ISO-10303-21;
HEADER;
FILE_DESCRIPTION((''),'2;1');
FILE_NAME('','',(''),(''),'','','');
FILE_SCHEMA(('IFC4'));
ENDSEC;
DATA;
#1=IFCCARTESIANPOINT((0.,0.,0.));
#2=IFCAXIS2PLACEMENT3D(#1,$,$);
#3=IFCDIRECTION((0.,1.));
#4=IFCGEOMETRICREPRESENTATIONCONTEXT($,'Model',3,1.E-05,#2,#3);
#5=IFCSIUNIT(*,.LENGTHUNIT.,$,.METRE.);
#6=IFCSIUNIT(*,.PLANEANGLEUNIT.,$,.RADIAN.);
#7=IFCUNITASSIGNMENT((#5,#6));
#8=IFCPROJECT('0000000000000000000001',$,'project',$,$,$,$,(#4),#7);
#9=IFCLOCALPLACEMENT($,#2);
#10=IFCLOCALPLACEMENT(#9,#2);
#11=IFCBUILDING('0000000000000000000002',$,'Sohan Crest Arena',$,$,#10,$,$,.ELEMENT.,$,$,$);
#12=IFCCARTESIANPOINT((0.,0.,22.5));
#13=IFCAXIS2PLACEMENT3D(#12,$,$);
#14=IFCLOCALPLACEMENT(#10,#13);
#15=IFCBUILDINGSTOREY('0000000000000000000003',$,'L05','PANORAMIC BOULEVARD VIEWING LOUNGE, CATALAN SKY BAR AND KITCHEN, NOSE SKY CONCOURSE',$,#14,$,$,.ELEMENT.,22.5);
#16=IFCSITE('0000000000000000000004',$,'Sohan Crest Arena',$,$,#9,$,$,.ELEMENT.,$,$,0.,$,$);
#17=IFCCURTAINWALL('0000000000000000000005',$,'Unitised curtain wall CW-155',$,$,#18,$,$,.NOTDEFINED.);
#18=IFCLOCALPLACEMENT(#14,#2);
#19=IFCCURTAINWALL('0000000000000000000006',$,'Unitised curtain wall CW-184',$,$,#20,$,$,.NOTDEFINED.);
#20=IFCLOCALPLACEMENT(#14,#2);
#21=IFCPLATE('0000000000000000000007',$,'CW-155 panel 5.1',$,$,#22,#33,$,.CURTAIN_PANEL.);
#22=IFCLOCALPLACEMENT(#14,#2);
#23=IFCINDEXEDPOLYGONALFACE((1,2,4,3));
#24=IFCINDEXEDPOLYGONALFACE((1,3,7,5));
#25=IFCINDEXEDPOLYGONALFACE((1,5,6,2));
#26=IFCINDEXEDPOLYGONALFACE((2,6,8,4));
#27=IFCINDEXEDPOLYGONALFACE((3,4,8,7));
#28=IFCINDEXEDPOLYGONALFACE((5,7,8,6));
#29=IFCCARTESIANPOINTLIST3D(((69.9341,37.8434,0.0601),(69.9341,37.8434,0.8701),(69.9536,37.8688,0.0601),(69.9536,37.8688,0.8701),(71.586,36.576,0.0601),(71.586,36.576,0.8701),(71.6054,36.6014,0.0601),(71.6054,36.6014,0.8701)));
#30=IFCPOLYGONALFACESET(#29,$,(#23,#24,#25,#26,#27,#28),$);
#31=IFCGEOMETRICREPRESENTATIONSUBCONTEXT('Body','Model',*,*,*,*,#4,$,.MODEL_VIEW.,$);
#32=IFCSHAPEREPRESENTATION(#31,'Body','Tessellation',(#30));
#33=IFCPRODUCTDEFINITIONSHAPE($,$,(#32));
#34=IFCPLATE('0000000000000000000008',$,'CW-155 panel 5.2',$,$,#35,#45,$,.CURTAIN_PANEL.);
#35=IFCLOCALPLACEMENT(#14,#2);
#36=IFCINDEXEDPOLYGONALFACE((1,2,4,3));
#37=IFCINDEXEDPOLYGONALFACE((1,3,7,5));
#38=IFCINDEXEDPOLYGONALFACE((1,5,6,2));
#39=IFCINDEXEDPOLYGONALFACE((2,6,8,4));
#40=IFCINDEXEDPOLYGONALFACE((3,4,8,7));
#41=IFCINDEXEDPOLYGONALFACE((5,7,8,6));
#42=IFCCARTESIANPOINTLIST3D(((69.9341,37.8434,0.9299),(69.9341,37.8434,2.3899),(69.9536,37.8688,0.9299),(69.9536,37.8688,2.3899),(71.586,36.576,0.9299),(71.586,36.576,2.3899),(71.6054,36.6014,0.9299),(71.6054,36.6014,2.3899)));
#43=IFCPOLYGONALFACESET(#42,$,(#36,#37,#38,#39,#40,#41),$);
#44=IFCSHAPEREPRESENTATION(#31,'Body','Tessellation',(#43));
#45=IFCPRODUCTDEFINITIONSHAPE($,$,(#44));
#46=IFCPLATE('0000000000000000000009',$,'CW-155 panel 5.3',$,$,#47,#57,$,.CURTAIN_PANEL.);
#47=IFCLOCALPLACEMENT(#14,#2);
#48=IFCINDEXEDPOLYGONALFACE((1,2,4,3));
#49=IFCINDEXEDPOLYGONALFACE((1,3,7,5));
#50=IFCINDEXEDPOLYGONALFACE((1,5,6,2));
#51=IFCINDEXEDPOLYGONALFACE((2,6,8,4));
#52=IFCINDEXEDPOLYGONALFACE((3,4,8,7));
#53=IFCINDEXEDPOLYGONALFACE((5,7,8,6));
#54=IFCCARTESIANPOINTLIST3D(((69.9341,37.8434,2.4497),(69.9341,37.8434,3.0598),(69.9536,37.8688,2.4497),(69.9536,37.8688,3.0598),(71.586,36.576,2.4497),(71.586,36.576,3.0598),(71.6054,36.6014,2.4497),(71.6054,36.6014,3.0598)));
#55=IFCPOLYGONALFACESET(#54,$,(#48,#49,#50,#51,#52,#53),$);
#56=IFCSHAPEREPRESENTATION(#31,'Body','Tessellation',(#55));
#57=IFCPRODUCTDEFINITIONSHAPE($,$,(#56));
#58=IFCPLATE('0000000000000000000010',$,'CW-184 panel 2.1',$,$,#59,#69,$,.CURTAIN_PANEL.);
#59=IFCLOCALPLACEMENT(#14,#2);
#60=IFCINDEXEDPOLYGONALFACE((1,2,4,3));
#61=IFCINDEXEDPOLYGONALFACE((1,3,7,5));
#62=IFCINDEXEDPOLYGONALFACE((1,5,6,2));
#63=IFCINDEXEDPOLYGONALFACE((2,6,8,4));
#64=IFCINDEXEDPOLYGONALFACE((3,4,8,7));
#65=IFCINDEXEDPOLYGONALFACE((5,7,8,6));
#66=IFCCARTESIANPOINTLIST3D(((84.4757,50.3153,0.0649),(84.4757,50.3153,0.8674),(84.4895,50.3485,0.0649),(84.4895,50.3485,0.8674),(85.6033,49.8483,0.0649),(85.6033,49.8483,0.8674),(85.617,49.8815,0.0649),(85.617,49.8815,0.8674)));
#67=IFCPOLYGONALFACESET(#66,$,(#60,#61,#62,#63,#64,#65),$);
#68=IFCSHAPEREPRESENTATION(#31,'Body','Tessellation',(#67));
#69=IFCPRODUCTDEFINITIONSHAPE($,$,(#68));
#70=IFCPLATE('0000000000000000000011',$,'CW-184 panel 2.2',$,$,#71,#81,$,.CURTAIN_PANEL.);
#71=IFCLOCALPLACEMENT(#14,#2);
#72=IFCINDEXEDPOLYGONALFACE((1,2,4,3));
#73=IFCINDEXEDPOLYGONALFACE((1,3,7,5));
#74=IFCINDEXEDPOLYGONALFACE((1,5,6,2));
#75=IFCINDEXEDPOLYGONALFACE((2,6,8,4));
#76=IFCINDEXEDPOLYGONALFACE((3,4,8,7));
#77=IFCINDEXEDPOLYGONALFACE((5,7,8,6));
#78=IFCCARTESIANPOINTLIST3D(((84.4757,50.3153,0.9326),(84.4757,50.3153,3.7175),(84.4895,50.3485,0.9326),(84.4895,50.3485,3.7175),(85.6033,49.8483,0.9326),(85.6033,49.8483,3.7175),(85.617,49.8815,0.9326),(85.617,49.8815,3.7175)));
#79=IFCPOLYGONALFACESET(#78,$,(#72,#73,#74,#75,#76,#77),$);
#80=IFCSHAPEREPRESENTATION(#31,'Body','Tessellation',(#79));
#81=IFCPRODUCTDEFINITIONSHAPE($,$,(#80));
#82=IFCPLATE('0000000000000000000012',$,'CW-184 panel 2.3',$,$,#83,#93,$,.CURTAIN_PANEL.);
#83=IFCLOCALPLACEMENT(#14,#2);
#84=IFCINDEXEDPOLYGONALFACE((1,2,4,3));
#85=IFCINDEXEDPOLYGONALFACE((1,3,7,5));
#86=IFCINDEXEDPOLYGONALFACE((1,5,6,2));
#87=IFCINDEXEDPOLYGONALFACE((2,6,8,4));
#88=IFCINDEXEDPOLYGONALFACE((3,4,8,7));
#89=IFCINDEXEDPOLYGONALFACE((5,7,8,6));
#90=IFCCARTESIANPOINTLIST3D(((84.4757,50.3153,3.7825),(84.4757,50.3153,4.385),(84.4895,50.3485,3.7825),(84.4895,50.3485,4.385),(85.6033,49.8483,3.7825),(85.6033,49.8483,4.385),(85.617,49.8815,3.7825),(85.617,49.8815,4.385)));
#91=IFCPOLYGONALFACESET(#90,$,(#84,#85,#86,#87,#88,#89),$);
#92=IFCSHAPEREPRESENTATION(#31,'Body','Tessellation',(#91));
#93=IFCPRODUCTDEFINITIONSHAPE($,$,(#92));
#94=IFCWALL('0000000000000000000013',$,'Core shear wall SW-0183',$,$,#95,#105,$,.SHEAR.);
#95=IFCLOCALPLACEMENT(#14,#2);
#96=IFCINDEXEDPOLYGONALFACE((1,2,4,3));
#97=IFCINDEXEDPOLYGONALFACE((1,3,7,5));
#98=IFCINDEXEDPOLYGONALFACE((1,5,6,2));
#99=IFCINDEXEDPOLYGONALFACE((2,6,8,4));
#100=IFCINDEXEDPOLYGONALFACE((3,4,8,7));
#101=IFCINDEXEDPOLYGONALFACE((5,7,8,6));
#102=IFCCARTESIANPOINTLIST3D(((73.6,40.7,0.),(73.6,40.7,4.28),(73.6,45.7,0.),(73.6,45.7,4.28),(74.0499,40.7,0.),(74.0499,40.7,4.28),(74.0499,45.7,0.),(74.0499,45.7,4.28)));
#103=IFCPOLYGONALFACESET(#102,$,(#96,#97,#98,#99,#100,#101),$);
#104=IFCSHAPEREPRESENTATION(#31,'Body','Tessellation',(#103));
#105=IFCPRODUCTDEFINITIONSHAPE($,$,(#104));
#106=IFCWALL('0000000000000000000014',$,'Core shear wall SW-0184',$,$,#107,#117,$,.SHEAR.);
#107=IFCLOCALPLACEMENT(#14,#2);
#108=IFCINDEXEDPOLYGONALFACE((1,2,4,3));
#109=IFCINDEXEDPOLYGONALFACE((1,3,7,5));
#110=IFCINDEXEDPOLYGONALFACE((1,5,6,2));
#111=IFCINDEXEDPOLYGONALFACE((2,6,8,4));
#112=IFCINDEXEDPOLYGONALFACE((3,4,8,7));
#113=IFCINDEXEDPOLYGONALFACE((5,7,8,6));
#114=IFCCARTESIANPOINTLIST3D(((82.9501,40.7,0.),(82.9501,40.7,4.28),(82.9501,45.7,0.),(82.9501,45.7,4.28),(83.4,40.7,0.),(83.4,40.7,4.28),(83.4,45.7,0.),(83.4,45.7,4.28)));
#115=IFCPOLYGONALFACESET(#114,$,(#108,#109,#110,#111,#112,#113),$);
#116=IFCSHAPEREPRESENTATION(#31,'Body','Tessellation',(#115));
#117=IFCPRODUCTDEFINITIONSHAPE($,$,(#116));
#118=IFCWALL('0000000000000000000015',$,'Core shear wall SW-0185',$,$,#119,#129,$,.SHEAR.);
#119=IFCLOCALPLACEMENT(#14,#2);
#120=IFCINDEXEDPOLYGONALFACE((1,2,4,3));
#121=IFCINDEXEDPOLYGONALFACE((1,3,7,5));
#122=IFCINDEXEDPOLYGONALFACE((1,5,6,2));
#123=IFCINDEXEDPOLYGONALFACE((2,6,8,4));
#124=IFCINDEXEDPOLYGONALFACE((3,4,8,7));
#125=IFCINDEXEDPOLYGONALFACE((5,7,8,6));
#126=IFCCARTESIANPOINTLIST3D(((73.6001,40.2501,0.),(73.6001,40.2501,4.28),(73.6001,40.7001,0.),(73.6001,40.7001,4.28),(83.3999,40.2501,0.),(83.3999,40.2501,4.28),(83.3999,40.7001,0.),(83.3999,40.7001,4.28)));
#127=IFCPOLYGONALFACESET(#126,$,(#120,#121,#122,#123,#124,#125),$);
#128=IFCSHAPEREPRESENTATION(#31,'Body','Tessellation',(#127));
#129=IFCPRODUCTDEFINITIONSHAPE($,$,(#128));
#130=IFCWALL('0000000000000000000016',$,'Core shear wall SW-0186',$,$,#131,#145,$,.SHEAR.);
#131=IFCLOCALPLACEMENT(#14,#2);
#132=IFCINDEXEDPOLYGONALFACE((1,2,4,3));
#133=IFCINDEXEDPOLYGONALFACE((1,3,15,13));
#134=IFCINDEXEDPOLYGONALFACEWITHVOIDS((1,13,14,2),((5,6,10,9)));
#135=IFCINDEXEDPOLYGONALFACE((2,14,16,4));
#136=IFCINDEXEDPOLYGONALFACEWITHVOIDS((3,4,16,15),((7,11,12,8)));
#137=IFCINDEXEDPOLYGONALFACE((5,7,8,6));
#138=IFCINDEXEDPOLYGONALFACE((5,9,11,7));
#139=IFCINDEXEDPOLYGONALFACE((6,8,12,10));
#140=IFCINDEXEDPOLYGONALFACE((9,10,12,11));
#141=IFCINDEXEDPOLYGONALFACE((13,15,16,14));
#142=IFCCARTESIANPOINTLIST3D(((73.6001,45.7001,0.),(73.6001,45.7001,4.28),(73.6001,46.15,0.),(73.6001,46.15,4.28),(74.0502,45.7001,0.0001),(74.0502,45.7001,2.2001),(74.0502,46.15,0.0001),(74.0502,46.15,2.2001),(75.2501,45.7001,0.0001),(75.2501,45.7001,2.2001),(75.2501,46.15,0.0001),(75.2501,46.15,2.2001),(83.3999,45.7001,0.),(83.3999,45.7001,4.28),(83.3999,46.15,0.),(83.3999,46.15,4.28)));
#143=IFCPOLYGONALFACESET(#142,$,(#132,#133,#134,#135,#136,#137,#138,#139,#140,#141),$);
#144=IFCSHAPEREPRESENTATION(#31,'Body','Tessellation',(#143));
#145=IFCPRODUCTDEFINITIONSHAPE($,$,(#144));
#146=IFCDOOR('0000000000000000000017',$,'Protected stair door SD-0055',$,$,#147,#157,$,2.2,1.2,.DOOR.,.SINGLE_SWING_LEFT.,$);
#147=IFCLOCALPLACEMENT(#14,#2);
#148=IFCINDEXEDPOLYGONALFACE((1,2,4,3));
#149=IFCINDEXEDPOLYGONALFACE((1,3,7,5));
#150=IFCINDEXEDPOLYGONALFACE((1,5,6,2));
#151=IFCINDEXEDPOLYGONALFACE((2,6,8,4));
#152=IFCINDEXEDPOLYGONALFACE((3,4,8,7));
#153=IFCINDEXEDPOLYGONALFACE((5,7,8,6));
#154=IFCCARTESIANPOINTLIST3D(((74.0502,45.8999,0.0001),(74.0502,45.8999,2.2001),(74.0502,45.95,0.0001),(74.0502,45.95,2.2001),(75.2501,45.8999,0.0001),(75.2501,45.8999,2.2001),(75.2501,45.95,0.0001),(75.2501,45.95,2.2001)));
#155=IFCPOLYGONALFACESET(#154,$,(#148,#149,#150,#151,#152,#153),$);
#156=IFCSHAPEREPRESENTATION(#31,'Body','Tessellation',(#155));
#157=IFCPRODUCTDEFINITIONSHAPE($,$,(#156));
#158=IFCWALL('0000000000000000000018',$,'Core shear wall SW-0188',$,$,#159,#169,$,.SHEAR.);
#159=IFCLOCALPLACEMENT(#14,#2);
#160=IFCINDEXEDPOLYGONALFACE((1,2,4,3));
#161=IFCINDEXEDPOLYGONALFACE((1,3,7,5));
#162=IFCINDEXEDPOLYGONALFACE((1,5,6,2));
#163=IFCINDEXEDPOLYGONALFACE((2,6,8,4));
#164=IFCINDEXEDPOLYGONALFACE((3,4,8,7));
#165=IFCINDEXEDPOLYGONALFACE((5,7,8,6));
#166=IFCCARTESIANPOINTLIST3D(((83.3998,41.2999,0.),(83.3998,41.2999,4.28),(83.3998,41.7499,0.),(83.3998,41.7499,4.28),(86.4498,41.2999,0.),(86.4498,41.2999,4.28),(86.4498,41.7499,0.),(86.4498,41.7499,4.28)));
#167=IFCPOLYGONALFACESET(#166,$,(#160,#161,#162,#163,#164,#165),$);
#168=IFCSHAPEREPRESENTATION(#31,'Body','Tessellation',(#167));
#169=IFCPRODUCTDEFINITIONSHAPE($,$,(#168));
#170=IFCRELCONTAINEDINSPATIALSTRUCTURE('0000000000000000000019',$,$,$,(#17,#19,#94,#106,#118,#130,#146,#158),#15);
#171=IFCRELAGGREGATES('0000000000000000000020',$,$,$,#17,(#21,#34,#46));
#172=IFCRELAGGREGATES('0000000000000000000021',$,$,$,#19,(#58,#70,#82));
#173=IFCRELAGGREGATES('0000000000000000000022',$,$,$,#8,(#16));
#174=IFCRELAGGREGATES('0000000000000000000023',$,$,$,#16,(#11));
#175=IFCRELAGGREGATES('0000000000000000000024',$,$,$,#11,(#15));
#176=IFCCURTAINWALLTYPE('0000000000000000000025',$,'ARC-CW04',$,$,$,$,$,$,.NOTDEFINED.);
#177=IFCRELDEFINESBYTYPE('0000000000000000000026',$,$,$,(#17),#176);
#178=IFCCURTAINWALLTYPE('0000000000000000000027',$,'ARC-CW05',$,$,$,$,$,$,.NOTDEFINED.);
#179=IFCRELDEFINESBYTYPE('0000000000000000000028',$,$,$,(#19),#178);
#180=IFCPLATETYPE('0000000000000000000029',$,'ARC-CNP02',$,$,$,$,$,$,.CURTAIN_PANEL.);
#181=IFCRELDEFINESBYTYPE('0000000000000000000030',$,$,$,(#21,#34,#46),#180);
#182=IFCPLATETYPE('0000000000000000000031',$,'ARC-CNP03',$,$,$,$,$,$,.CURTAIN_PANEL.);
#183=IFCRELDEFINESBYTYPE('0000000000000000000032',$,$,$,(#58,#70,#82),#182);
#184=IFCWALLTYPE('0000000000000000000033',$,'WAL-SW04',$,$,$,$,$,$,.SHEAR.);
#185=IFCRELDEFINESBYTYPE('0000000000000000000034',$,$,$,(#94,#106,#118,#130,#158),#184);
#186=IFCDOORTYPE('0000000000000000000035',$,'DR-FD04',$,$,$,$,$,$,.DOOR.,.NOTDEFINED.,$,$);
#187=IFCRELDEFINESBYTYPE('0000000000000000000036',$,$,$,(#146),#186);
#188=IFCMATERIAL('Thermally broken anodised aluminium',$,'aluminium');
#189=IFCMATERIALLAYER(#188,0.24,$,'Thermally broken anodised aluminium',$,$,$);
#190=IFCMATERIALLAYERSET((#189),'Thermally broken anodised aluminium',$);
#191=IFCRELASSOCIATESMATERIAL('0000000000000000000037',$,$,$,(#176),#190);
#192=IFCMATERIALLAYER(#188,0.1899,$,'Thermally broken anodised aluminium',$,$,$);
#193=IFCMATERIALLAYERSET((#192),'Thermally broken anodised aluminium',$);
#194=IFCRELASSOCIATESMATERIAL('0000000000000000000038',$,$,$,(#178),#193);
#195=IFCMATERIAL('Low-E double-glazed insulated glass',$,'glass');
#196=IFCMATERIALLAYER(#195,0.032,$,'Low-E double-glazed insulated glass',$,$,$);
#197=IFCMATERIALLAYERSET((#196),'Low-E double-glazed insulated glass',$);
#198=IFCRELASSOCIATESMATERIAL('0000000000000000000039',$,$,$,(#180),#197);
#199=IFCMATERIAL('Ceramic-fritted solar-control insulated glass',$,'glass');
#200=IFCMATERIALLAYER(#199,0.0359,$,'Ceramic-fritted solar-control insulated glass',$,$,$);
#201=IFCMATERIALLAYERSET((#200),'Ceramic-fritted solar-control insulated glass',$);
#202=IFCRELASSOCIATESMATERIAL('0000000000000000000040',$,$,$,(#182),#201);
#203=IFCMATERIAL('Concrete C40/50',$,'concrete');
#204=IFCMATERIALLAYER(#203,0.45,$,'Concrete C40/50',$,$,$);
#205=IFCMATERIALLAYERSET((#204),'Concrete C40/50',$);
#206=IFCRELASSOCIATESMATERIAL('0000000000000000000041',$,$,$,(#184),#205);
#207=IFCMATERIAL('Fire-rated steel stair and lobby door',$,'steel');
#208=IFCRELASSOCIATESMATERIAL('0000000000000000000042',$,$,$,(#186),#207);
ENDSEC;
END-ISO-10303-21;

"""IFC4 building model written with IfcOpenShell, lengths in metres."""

from ifc_helpers import new_model, si_unit, direction, frame, frame_2d, origin, origin_2d, place, context, subcontext, project, spatial, rectangle, extrude, material, layer, layer_set, type_object, element, fill, aggregate, save


model = new_model("IFC4")

# Units and contexts
model_context = context("Model", 3, precision=1e-05, world=origin(), true_north=direction((0.0, 1.0)))
body_context = subcontext(model_context, "Body", "Model", "MODEL_VIEW")
ifc_project = project(units=[si_unit("LENGTHUNIT", "METRE"), si_unit("PLANEANGLEUNIT", "RADIAN")], contexts=[model_context])

# Site, building, storey
site_placement = place(None, origin())
site = spatial("IfcSite", under=ifc_project, at=site_placement, Name="Sohan Crest Arena", CompositionType="ELEMENT", RefElevation=0.0)
building_placement = place(site_placement, origin())
building = spatial("IfcBuilding", under=site, at=building_placement, Name="Sohan Crest Arena", CompositionType="ELEMENT")
storey_placement = place(building_placement, frame((0.0, 0.0, 22.5)))
storey = spatial("IfcBuildingStorey", under=building, at=storey_placement, Name="L05", Description="PANORAMIC BOULEVARD VIEWING LOUNGE, CATALAN SKY BAR AND KITCHEN, NOSE SKY CONCOURSE", CompositionType="ELEMENT", Elevation=22.5)

# Curtain wall
ifc_material_1 = material(Name="Thermally broken anodised aluminium", Category="aluminium")
ifc_layer_1 = layer(ifc_material_1, 0.24, Name="Thermally broken anodised aluminium")
ifc_layer_set_1 = layer_set([ifc_layer_1], Name="Thermally broken anodised aluminium")
curtain_wall_type_1 = type_object("IfcCurtainWallType", Name="ARC-CW04", PredefinedType="NOTDEFINED", material=ifc_layer_set_1)
curtain_wall_1_placement = place(storey_placement, origin())
curtain_wall_1 = element("IfcCurtainWall", 1, at=curtain_wall_1_placement, inside=storey, type_object=curtain_wall_type_1, Name="Unitised curtain wall CW-155", PredefinedType="NOTDEFINED")

# Curtain wall
ifc_layer_2 = layer(ifc_material_1, 0.1899, Name="Thermally broken anodised aluminium")
ifc_layer_set_2 = layer_set([ifc_layer_2], Name="Thermally broken anodised aluminium")
curtain_wall_type_2 = type_object("IfcCurtainWallType", Name="ARC-CW05", PredefinedType="NOTDEFINED", material=ifc_layer_set_2)
curtain_wall_2_placement = place(storey_placement, origin())
curtain_wall_2 = element("IfcCurtainWall", 2, at=curtain_wall_2_placement, inside=storey, type_object=curtain_wall_type_2, Name="Unitised curtain wall CW-184", PredefinedType="NOTDEFINED")

# Plates
ifc_material_2 = material(Name="Low-E double-glazed insulated glass", Category="glass")
ifc_layer_3 = layer(ifc_material_2, 0.032, Name="Low-E double-glazed insulated glass")
ifc_layer_set_3 = layer_set([ifc_layer_3], Name="Low-E double-glazed insulated glass")
plate_type_1 = type_object("IfcPlateType", Name="ARC-CNP02", PredefinedType="CURTAIN_PANEL", material=ifc_layer_set_3)
plate_1_placement = place(storey_placement, frame((70.7698, 37.2224, 0.0601), z_axis=(0.0, 0.0, 1.0), x_axis=(0.793385, -0.60872, 0.0)))
plate_1 = element("IfcPlate", 3, at=plate_1_placement, type_object=plate_type_1, Name="CW-155 panel 5.1", PredefinedType="CURTAIN_PANEL", context=body_context, shape_type="SweptSolid", body=[
    extrude(rectangle(XDim=2.082, YDim=0.032, at=origin_2d()), origin(), (0.0, 0.0, 1.0), 0.8101),
])
plate_2_placement = place(storey_placement, frame((70.7698, 37.2224, 0.9299), z_axis=(0.0, 0.0, 1.0), x_axis=(0.793385, -0.60872, 0.0)))
plate_2 = element("IfcPlate", 4, at=plate_2_placement, type_object=plate_type_1, Name="CW-155 panel 5.2", PredefinedType="CURTAIN_PANEL", context=body_context, shape_type="SweptSolid", body=[
    extrude(rectangle(XDim=2.082, YDim=0.032, at=origin_2d()), origin(), (0.0, 0.0, 1.0), 1.46),
])
plate_3_placement = place(storey_placement, frame((70.7698, 37.2224, 2.4497), z_axis=(0.0, 0.0, 1.0), x_axis=(0.793385, -0.60872, 0.0)))
plate_3 = element("IfcPlate", 5, at=plate_3_placement, type_object=plate_type_1, Name="CW-155 panel 5.3", PredefinedType="CURTAIN_PANEL", context=body_context, shape_type="SweptSolid", body=[
    extrude(rectangle(XDim=2.082, YDim=0.032, at=origin_2d()), origin(), (0.0, 0.0, 1.0), 0.6101),
])
aggregate(curtain_wall_1, [plate_1, plate_2, plate_3])
ifc_material_3 = material(Name="Ceramic-fritted solar-control insulated glass", Category="glass")
ifc_layer_4 = layer(ifc_material_3, 0.0359, Name="Ceramic-fritted solar-control insulated glass")
ifc_layer_set_4 = layer_set([ifc_layer_4], Name="Ceramic-fritted solar-control insulated glass")
plate_type_2 = type_object("IfcPlateType", Name="ARC-CNP03", PredefinedType="CURTAIN_PANEL", material=ifc_layer_set_4)
plate_4_placement = place(storey_placement, frame((85.0464, 50.0984, 0.0649), z_axis=(0.0, 0.0, 1.0), x_axis=(0.923886, -0.382667, 0.0)))
plate_4 = element("IfcPlate", 6, at=plate_4_placement, type_object=plate_type_2, Name="CW-184 panel 2.1", PredefinedType="CURTAIN_PANEL", context=body_context, shape_type="SweptSolid", body=[
    extrude(rectangle(XDim=1.2205, YDim=0.0359, at=origin_2d()), origin(), (0.0, 0.0, 1.0), 0.8025),
])
plate_5_placement = place(storey_placement, frame((85.0464, 50.0984, 0.9326), z_axis=(0.0, 0.0, 1.0), x_axis=(0.923886, -0.382667, 0.0)))
plate_5 = element("IfcPlate", 7, at=plate_5_placement, type_object=plate_type_2, Name="CW-184 panel 2.2", PredefinedType="CURTAIN_PANEL", context=body_context, shape_type="SweptSolid", body=[
    extrude(rectangle(XDim=1.2205, YDim=0.0359, at=origin_2d()), origin(), (0.0, 0.0, 1.0), 2.7849),
])
plate_6_placement = place(storey_placement, frame((85.0464, 50.0984, 3.7825), z_axis=(0.0, 0.0, 1.0), x_axis=(0.923886, -0.382667, 0.0)))
plate_6 = element("IfcPlate", 8, at=plate_6_placement, type_object=plate_type_2, Name="CW-184 panel 2.3", PredefinedType="CURTAIN_PANEL", context=body_context, shape_type="SweptSolid", body=[
    extrude(rectangle(XDim=1.2205, YDim=0.0359, at=origin_2d()), origin(), (0.0, 0.0, 1.0), 0.6025),
])
aggregate(curtain_wall_2, [plate_4, plate_5, plate_6])

# Walls
ifc_material_4 = material(Name="Concrete C40/50", Category="concrete")
ifc_layer_5 = layer(ifc_material_4, 0.45, Name="Concrete C40/50")
ifc_layer_set_5 = layer_set([ifc_layer_5], Name="Concrete C40/50")
wall_type = type_object("IfcWallType", Name="WAL-SW04", PredefinedType="SHEAR", material=ifc_layer_set_5)
for number, where, z_axis, x_axis, name in (
    (9, (73.825, 40.7, 0.0), (0.0, 0.0, 1.0), (0.0, 1.0, 0.0), "Core shear wall SW-0183"),
    (10, (83.175, 40.7, 0.0), (0.0, 0.0, 1.0), (0.0, 1.0, 0.0), "Core shear wall SW-0184"),
):
    element("IfcWall", number, at=place(storey_placement, frame(where, z_axis=z_axis, x_axis=x_axis)), inside=storey, type_object=wall_type, Name=name, PredefinedType="SHEAR", context=body_context, shape_type="SweptSolid", body=[
        extrude(rectangle(XDim=5.0, YDim=0.45, at=frame_2d((2.5, 0.0))), origin(), (0.0, 0.0, 1.0), 4.28),
    ])
wall_1_placement = place(storey_placement, frame((73.6001, 40.4751, 0.0), z_axis=(0.0, 0.0, 1.0), x_axis=(1.0, 0.0, 0.0)))
element("IfcWall", 11, at=wall_1_placement, inside=storey, type_object=wall_type, Name="Core shear wall SW-0185", PredefinedType="SHEAR", context=body_context, shape_type="SweptSolid", body=[
    extrude(rectangle(XDim=9.7998, YDim=0.45, at=frame_2d((4.8999, 0.0))), origin(), (0.0, 0.0, 1.0), 4.28),
])

# Wall, opening, door
wall_2_placement = place(storey_placement, frame((73.6001, 45.925, 0.0), z_axis=(0.0, 0.0, 1.0), x_axis=(1.0, 0.0, 0.0)))
wall_2 = element("IfcWall", 12, at=wall_2_placement, inside=storey, type_object=wall_type, Name="Core shear wall SW-0186", PredefinedType="SHEAR", context=body_context, shape_type="SweptSolid", body=[
    extrude(rectangle(XDim=9.7998, YDim=0.45, at=frame_2d((4.8999, 0.0))), origin(), (0.0, 0.0, 1.0), 4.28),
])
opening_1_placement = place(wall_2_placement, frame((0.45, 0.0, 0.0)))
opening_1 = element("IfcOpeningElement", 13, at=opening_1_placement, cuts=wall_2, PredefinedType="OPENING", context=body_context, shape_type="SweptSolid", body=[
    extrude(rectangle(XDim=1.2, YDim=2.2, at=frame_2d((0.6001, 1.1001))), frame((0.0, 0.2349, 0.0), z_axis=(0.0, -1.0, 0.0), x_axis=(1.0, 0.0, 0.0)), (0.0, 0.0, 1.0), 0.47),
])
ifc_material_5 = material(Name="Fire-rated steel stair and lobby door", Category="steel")
door_type_1 = type_object("IfcDoorType", Name="DR-FD04", OperationType="NOTDEFINED", PredefinedType="DOOR", material=ifc_material_5)
door_1_placement = place(opening_1_placement, origin())
door_1 = element("IfcDoor", 14, at=door_1_placement, inside=storey, type_object=door_type_1, Name="Protected stair door SD-0055", OperationType="SINGLE_SWING_LEFT", OverallHeight=2.2, OverallWidth=1.2, PredefinedType="DOOR", context=body_context, shape_type="SweptSolid", body=[
    extrude(rectangle(XDim=1.2, YDim=2.2, at=frame_2d((0.6001, 1.1001))), frame((0.0, 0.0249, 0.0), z_axis=(0.0, -1.0, 0.0), x_axis=(1.0, 0.0, 0.0)), (0.0, 0.0, 1.0), 0.05),
])
fill(opening_1, door_1)

# Wall
wall_3_placement = place(storey_placement, frame((83.3999, 41.5249, 0.0), z_axis=(0.0, 0.0, 1.0), x_axis=(1.0, 0.0, 0.0)))
element("IfcWall", 15, at=wall_3_placement, inside=storey, type_object=wall_type, Name="Core shear wall SW-0188", PredefinedType="SHEAR", context=body_context, shape_type="SweptSolid", body=[
    extrude(rectangle(XDim=3.05, YDim=0.45, at=frame_2d((1.5249, 0.0))), origin(), (0.0, 0.0, 1.0), 4.28),
])

save(model, "model.ifc")
